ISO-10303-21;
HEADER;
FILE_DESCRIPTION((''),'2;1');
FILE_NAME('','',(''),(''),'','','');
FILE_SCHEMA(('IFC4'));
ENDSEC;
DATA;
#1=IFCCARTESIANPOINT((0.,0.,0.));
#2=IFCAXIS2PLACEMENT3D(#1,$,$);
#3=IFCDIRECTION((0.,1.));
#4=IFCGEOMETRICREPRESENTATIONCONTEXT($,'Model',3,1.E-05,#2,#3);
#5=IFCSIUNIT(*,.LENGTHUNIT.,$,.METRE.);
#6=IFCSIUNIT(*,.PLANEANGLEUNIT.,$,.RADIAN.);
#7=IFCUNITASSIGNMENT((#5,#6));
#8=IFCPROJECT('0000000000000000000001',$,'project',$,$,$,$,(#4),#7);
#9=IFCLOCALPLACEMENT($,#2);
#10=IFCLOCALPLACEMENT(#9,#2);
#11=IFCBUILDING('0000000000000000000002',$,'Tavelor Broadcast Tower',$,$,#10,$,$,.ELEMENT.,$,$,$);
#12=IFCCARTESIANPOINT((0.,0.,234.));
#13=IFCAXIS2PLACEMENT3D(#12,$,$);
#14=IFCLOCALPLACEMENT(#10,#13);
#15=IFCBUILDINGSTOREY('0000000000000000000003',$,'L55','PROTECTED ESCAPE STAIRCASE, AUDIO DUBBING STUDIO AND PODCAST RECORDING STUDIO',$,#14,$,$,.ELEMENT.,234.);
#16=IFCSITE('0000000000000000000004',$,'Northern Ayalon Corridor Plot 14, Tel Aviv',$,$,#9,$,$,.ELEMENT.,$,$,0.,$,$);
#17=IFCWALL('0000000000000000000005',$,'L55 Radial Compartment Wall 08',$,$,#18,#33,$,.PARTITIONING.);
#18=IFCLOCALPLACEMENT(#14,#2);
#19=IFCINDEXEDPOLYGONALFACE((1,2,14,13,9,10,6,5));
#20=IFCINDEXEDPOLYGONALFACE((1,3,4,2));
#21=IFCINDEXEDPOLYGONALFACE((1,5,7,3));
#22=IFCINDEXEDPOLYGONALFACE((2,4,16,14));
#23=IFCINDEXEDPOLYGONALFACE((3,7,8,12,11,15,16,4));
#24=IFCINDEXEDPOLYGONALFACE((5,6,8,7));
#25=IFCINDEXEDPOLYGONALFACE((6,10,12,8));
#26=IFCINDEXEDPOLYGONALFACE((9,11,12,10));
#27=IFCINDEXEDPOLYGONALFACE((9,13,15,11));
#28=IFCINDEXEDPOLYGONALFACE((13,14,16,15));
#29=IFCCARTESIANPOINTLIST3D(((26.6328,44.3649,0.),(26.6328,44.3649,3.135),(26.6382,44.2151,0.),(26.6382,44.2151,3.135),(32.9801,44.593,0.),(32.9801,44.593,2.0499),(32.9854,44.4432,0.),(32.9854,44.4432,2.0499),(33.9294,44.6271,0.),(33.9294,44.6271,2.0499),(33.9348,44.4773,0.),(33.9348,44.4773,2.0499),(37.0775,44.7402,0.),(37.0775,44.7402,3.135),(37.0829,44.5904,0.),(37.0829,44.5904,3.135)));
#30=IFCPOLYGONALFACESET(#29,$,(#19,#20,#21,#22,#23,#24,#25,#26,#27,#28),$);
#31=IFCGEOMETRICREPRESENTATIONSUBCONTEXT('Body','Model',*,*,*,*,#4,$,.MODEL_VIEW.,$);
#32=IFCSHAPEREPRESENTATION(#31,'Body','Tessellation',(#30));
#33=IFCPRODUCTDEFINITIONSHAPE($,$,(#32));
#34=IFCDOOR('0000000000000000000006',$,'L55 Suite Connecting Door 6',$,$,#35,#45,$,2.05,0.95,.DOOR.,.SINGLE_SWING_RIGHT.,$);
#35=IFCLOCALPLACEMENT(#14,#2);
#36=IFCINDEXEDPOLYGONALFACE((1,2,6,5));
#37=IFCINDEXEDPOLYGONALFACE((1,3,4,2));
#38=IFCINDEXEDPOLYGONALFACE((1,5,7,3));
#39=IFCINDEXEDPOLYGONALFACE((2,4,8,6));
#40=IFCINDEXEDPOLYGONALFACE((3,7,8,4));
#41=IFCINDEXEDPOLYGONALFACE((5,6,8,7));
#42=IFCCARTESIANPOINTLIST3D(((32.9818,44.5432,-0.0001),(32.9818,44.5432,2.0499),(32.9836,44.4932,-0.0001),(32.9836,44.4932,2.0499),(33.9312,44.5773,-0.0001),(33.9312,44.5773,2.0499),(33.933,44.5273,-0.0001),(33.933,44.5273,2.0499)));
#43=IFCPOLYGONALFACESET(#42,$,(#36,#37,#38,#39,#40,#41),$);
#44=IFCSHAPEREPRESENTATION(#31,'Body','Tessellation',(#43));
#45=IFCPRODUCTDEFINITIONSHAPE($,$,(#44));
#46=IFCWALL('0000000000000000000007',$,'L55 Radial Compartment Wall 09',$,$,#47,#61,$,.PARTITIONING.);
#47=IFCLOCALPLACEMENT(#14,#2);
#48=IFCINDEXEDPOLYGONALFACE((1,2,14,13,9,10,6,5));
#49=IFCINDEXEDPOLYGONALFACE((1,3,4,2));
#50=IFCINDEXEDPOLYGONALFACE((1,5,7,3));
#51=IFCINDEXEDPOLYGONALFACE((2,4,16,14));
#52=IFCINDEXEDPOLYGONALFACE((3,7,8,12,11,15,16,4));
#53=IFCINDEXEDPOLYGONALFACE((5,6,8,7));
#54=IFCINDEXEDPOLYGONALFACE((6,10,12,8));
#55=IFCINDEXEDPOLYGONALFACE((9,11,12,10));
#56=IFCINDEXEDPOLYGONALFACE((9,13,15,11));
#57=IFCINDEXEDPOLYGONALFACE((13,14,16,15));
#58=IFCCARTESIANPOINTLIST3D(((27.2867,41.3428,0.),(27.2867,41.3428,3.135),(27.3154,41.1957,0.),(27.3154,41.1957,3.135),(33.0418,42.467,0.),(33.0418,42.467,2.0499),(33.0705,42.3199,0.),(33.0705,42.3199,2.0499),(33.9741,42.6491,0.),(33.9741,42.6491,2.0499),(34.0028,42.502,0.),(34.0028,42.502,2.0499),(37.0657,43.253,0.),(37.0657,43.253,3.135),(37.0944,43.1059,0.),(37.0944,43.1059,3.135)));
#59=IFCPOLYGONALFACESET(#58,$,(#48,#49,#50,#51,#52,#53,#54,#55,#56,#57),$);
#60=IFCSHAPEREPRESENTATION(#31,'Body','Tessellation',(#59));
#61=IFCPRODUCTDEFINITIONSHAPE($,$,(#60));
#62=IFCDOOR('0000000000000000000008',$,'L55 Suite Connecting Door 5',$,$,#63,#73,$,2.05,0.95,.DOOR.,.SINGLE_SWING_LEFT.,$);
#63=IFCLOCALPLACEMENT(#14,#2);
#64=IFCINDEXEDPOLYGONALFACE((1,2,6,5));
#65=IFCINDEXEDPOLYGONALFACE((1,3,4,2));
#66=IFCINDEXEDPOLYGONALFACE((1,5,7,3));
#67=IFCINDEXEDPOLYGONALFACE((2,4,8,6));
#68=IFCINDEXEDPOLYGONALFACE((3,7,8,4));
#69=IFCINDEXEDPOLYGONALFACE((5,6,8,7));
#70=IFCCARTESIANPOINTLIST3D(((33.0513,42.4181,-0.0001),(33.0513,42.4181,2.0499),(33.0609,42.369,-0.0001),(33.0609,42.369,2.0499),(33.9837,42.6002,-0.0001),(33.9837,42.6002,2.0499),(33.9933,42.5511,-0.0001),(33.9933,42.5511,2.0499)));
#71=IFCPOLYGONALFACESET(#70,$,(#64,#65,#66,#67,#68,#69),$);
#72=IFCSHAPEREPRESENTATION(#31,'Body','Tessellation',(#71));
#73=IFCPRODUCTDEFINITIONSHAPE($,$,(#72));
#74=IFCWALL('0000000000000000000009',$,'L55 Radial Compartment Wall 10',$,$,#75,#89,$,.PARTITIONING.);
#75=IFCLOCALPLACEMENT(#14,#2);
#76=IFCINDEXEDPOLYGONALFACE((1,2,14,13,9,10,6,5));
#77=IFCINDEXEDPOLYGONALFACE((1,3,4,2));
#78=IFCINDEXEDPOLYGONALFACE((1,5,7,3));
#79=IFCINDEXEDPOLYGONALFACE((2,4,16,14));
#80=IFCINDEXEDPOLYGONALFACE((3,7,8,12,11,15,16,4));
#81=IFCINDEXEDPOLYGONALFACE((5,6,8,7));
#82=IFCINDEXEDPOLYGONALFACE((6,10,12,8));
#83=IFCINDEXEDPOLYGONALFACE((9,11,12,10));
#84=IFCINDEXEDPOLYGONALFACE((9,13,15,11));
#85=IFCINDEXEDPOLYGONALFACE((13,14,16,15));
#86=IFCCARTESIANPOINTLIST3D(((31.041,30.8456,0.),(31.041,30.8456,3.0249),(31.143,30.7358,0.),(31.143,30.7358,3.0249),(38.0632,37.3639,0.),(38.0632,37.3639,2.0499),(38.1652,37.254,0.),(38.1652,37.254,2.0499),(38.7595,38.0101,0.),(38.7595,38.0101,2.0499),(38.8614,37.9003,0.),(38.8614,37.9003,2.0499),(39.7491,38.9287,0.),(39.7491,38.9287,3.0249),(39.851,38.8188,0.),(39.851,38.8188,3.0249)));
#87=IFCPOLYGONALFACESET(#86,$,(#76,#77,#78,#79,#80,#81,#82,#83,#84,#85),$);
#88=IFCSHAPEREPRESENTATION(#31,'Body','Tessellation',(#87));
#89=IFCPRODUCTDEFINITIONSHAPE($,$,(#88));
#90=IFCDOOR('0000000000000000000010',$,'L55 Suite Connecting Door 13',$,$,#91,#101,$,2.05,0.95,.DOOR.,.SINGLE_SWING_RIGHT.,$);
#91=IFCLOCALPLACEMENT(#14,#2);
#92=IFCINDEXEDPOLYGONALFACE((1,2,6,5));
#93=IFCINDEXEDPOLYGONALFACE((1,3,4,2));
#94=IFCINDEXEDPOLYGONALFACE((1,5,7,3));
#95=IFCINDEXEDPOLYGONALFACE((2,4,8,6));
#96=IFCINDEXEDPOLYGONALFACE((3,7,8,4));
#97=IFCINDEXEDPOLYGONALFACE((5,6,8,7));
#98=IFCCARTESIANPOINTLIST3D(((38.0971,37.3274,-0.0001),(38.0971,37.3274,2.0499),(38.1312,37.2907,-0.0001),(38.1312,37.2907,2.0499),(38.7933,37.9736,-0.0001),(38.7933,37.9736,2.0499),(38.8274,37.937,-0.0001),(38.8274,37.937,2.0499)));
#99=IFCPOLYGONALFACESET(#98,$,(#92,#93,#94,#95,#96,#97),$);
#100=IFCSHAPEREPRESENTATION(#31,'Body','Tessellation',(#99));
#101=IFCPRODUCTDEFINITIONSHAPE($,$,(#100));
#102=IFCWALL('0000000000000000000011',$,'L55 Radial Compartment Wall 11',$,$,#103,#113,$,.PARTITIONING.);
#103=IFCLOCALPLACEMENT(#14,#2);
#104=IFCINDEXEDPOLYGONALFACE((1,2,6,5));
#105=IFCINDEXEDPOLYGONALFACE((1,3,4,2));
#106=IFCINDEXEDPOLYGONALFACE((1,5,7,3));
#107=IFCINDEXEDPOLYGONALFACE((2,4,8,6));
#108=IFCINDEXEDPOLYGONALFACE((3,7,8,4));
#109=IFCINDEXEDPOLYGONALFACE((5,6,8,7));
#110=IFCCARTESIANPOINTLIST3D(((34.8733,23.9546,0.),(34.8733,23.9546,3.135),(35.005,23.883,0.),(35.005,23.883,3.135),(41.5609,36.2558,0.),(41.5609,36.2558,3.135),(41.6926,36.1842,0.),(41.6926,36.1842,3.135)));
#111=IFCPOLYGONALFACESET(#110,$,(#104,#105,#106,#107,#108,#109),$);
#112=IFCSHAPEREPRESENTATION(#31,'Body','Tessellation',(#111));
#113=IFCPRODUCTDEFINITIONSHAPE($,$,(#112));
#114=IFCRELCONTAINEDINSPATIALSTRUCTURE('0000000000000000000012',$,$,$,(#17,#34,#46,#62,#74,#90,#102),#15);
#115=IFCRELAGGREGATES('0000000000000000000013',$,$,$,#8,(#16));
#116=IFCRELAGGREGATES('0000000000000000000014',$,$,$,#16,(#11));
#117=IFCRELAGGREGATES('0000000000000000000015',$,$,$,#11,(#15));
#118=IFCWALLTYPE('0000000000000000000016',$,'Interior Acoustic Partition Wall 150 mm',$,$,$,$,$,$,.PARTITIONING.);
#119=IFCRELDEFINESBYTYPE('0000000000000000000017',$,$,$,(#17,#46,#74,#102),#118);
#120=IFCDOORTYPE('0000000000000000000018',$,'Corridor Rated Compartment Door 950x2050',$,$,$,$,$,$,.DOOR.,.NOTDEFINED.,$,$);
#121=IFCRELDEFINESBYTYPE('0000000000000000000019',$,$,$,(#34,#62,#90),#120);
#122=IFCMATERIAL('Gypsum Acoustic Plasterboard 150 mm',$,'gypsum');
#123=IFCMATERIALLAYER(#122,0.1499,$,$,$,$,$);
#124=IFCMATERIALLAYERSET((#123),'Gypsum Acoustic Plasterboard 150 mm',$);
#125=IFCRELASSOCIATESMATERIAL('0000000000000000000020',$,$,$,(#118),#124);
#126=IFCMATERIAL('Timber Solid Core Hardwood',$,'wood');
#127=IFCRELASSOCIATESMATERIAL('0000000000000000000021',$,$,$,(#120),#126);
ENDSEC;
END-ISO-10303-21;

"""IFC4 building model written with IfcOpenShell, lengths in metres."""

from ifc_helpers import new_model, si_unit, direction, frame, frame_2d, origin, place, context, subcontext, project, spatial, rectangle, extrude, material, layer, layer_set, type_object, element, fill, save


model = new_model("IFC4")

# Units and contexts
model_context = context("Model", 3, precision=1e-05, world=origin(), true_north=direction((0.0, 1.0)))
body_context = subcontext(model_context, "Body", "Model", "MODEL_VIEW")
ifc_project = project(units=[si_unit("LENGTHUNIT", "METRE"), si_unit("PLANEANGLEUNIT", "RADIAN")], contexts=[model_context])

# Site, building, storey
site_placement = place(None, origin())
site = spatial("IfcSite", under=ifc_project, at=site_placement, Name="Northern Ayalon Corridor Plot 14, Tel Aviv", CompositionType="ELEMENT", RefElevation=0.0)
building_placement = place(site_placement, origin())
building = spatial("IfcBuilding", under=site, at=building_placement, Name="Tavelor Broadcast Tower", CompositionType="ELEMENT")
storey_placement = place(building_placement, frame((0.0, 0.0, 234.0)))
storey = spatial("IfcBuildingStorey", under=building, at=storey_placement, Name="L55", Description="PROTECTED ESCAPE STAIRCASE, AUDIO DUBBING STUDIO AND PODCAST RECORDING STUDIO", CompositionType="ELEMENT", Elevation=234.0)

# Shared definitions
ifc_material_1 = material(Name="Gypsum Acoustic Plasterboard 150 mm", Category="gypsum")
ifc_layer_1 = layer(ifc_material_1, 0.1499)
ifc_layer_set_1 = layer_set([ifc_layer_1], Name="Gypsum Acoustic Plasterboard 150 mm")
wall_type_1 = type_object("IfcWallType", Name="Interior Acoustic Partition Wall 150 mm", PredefinedType="PARTITIONING", material=ifc_layer_set_1)
ifc_material_2 = material(Name="Timber Solid Core Hardwood", Category="wood")
door_type_1 = type_object("IfcDoorType", Name="Corridor Rated Compartment Door 950x2050", OperationType="NOTDEFINED", PredefinedType="DOOR", material=ifc_material_2)

# Walls, openings, doors
wall_1_placement = place(storey_placement, frame((37.0801, 44.6653, 0.0), z_axis=(0.0, 0.0, 1.0), x_axis=(-0.999355, -0.035904, 0.0)))
wall_1 = element("IfcWall", 1, at=wall_1_placement, inside=storey, type_object=wall_type_1, Name="L55 Radial Compartment Wall 08", PredefinedType="PARTITIONING", context=body_context, shape_type="SweptSolid", body=[
    extrude(rectangle(XDim=10.4514, YDim=0.1499, at=frame_2d((5.2256, 0.0))), origin(), (0.0, 0.0, 1.0), 3.135),
])
opening_1_placement = place(wall_1_placement, frame((3.1499, 0.0, 0.0)))
opening_1 = element("IfcOpeningElement", 2, at=opening_1_placement, cuts=wall_1, PredefinedType="OPENING", context=body_context, shape_type="SweptSolid", body=[
    extrude(rectangle(XDim=0.95, YDim=2.05, at=frame_2d((0.4751, 1.0249))), frame((0.0, 0.085, 0.0), z_axis=(0.0, -1.0, 0.0), x_axis=(1.0, 0.0, 0.0)), (0.0, 0.0, 1.0), 0.1699),
])
door_1_placement = place(opening_1_placement, origin())
door_1 = element("IfcDoor", 3, at=door_1_placement, inside=storey, type_object=door_type_1, Name="L55 Suite Connecting Door 6", OperationType="SINGLE_SWING_RIGHT", OverallHeight=2.05, OverallWidth=0.95, PredefinedType="DOOR", context=body_context, shape_type="SweptSolid", body=[
    extrude(rectangle(XDim=0.95, YDim=2.05, at=frame_2d((0.4751, 1.0249))), frame((0.0, 0.0249, 0.0), z_axis=(0.0, -1.0, 0.0), x_axis=(1.0, 0.0, 0.0)), (0.0, 0.0, 1.0), 0.05),
])
fill(opening_1, door_1)
wall_2_placement = place(storey_placement, frame((37.0801, 43.1794, 0.0), z_axis=(0.0, 0.0, 1.0), x_axis=(-0.981452, -0.191708, 0.0)))
wall_2 = element("IfcWall", 4, at=wall_2_placement, inside=storey, type_object=wall_type_1, Name="L55 Radial Compartment Wall 09", PredefinedType="PARTITIONING", context=body_context, shape_type="SweptSolid", body=[
    extrude(rectangle(XDim=9.9639, YDim=0.1499, at=frame_2d((4.9819, 0.0))), origin(), (0.0, 0.0, 1.0), 3.135),
])
opening_2_placement = place(wall_2_placement, frame((3.1499, 0.0, 0.0)))
opening_2 = element("IfcOpeningElement", 5, at=opening_2_placement, cuts=wall_2, PredefinedType="OPENING", context=body_context, shape_type="SweptSolid", body=[
    extrude(rectangle(XDim=0.95, YDim=2.05, at=frame_2d((0.4751, 1.0249))), frame((0.0, 0.085, 0.0), z_axis=(0.0, -1.0, 0.0), x_axis=(1.0, 0.0, 0.0)), (0.0, 0.0, 1.0), 0.1699),
])
door_2_placement = place(opening_2_placement, origin())
door_2 = element("IfcDoor", 6, at=door_2_placement, inside=storey, type_object=door_type_1, Name="L55 Suite Connecting Door 5", OperationType="SINGLE_SWING_LEFT", OverallHeight=2.05, OverallWidth=0.95, PredefinedType="DOOR", context=body_context, shape_type="SweptSolid", body=[
    extrude(rectangle(XDim=0.95, YDim=2.05, at=frame_2d((0.4751, 1.0249))), frame((0.0, 0.0249, 0.0), z_axis=(0.0, -1.0, 0.0), x_axis=(1.0, 0.0, 0.0)), (0.0, 0.0, 1.0), 0.05),
])
fill(opening_2, door_2)
wall_3_placement = place(storey_placement, frame((39.8, 38.8738, 0.0), z_axis=(0.0, 0.0, 1.0), x_axis=(-0.732919, -0.680316, 0.0)))
wall_3 = element("IfcWall", 7, at=wall_3_placement, inside=storey, type_object=wall_type_1, Name="L55 Radial Compartment Wall 10", PredefinedType="PARTITIONING", context=body_context, shape_type="SweptSolid", body=[
    extrude(rectangle(XDim=11.8813, YDim=0.1499, at=frame_2d((5.9407, 0.0))), origin(), (0.0, 0.0, 1.0), 3.0249),
])
opening_3_placement = place(wall_3_placement, frame((1.3501, 0.0, 0.0)))
opening_3 = element("IfcOpeningElement", 8, at=opening_3_placement, cuts=wall_3, PredefinedType="OPENING", context=body_context, shape_type="SweptSolid", body=[
    extrude(rectangle(XDim=0.95, YDim=2.05, at=frame_2d((0.4751, 1.0249))), frame((0.0, 0.085, 0.0), z_axis=(0.0, -1.0, 0.0), x_axis=(1.0, 0.0, 0.0)), (0.0, 0.0, 1.0), 0.1699),
])
door_3_placement = place(opening_3_placement, origin())
door_3 = element("IfcDoor", 9, at=door_3_placement, inside=storey, type_object=door_type_1, Name="L55 Suite Connecting Door 13", OperationType="SINGLE_SWING_RIGHT", OverallHeight=2.05, OverallWidth=0.95, PredefinedType="DOOR", context=body_context, shape_type="SweptSolid", body=[
    extrude(rectangle(XDim=0.95, YDim=2.05, at=frame_2d((0.4751, 1.0249))), frame((0.0, 0.0249, 0.0), z_axis=(0.0, -1.0, 0.0), x_axis=(1.0, 0.0, 0.0)), (0.0, 0.0, 1.0), 0.05),
])
fill(opening_3, door_3)

# Wall
wall_4_placement = place(storey_placement, frame((41.6267, 36.22, 0.0), z_axis=(0.0, 0.0, 1.0), x_axis=(-0.477632, -0.87856, 0.0)))
element("IfcWall", 10, at=wall_4_placement, inside=storey, type_object=wall_type_1, Name="L55 Radial Compartment Wall 11", PredefinedType="PARTITIONING", context=body_context, shape_type="SweptSolid", body=[
    extrude(rectangle(XDim=14.0015, YDim=0.1499, at=frame_2d((7.0007, 0.0))), origin(), (0.0, 0.0, 1.0), 3.135),
])

save(model, "model.ifc")
